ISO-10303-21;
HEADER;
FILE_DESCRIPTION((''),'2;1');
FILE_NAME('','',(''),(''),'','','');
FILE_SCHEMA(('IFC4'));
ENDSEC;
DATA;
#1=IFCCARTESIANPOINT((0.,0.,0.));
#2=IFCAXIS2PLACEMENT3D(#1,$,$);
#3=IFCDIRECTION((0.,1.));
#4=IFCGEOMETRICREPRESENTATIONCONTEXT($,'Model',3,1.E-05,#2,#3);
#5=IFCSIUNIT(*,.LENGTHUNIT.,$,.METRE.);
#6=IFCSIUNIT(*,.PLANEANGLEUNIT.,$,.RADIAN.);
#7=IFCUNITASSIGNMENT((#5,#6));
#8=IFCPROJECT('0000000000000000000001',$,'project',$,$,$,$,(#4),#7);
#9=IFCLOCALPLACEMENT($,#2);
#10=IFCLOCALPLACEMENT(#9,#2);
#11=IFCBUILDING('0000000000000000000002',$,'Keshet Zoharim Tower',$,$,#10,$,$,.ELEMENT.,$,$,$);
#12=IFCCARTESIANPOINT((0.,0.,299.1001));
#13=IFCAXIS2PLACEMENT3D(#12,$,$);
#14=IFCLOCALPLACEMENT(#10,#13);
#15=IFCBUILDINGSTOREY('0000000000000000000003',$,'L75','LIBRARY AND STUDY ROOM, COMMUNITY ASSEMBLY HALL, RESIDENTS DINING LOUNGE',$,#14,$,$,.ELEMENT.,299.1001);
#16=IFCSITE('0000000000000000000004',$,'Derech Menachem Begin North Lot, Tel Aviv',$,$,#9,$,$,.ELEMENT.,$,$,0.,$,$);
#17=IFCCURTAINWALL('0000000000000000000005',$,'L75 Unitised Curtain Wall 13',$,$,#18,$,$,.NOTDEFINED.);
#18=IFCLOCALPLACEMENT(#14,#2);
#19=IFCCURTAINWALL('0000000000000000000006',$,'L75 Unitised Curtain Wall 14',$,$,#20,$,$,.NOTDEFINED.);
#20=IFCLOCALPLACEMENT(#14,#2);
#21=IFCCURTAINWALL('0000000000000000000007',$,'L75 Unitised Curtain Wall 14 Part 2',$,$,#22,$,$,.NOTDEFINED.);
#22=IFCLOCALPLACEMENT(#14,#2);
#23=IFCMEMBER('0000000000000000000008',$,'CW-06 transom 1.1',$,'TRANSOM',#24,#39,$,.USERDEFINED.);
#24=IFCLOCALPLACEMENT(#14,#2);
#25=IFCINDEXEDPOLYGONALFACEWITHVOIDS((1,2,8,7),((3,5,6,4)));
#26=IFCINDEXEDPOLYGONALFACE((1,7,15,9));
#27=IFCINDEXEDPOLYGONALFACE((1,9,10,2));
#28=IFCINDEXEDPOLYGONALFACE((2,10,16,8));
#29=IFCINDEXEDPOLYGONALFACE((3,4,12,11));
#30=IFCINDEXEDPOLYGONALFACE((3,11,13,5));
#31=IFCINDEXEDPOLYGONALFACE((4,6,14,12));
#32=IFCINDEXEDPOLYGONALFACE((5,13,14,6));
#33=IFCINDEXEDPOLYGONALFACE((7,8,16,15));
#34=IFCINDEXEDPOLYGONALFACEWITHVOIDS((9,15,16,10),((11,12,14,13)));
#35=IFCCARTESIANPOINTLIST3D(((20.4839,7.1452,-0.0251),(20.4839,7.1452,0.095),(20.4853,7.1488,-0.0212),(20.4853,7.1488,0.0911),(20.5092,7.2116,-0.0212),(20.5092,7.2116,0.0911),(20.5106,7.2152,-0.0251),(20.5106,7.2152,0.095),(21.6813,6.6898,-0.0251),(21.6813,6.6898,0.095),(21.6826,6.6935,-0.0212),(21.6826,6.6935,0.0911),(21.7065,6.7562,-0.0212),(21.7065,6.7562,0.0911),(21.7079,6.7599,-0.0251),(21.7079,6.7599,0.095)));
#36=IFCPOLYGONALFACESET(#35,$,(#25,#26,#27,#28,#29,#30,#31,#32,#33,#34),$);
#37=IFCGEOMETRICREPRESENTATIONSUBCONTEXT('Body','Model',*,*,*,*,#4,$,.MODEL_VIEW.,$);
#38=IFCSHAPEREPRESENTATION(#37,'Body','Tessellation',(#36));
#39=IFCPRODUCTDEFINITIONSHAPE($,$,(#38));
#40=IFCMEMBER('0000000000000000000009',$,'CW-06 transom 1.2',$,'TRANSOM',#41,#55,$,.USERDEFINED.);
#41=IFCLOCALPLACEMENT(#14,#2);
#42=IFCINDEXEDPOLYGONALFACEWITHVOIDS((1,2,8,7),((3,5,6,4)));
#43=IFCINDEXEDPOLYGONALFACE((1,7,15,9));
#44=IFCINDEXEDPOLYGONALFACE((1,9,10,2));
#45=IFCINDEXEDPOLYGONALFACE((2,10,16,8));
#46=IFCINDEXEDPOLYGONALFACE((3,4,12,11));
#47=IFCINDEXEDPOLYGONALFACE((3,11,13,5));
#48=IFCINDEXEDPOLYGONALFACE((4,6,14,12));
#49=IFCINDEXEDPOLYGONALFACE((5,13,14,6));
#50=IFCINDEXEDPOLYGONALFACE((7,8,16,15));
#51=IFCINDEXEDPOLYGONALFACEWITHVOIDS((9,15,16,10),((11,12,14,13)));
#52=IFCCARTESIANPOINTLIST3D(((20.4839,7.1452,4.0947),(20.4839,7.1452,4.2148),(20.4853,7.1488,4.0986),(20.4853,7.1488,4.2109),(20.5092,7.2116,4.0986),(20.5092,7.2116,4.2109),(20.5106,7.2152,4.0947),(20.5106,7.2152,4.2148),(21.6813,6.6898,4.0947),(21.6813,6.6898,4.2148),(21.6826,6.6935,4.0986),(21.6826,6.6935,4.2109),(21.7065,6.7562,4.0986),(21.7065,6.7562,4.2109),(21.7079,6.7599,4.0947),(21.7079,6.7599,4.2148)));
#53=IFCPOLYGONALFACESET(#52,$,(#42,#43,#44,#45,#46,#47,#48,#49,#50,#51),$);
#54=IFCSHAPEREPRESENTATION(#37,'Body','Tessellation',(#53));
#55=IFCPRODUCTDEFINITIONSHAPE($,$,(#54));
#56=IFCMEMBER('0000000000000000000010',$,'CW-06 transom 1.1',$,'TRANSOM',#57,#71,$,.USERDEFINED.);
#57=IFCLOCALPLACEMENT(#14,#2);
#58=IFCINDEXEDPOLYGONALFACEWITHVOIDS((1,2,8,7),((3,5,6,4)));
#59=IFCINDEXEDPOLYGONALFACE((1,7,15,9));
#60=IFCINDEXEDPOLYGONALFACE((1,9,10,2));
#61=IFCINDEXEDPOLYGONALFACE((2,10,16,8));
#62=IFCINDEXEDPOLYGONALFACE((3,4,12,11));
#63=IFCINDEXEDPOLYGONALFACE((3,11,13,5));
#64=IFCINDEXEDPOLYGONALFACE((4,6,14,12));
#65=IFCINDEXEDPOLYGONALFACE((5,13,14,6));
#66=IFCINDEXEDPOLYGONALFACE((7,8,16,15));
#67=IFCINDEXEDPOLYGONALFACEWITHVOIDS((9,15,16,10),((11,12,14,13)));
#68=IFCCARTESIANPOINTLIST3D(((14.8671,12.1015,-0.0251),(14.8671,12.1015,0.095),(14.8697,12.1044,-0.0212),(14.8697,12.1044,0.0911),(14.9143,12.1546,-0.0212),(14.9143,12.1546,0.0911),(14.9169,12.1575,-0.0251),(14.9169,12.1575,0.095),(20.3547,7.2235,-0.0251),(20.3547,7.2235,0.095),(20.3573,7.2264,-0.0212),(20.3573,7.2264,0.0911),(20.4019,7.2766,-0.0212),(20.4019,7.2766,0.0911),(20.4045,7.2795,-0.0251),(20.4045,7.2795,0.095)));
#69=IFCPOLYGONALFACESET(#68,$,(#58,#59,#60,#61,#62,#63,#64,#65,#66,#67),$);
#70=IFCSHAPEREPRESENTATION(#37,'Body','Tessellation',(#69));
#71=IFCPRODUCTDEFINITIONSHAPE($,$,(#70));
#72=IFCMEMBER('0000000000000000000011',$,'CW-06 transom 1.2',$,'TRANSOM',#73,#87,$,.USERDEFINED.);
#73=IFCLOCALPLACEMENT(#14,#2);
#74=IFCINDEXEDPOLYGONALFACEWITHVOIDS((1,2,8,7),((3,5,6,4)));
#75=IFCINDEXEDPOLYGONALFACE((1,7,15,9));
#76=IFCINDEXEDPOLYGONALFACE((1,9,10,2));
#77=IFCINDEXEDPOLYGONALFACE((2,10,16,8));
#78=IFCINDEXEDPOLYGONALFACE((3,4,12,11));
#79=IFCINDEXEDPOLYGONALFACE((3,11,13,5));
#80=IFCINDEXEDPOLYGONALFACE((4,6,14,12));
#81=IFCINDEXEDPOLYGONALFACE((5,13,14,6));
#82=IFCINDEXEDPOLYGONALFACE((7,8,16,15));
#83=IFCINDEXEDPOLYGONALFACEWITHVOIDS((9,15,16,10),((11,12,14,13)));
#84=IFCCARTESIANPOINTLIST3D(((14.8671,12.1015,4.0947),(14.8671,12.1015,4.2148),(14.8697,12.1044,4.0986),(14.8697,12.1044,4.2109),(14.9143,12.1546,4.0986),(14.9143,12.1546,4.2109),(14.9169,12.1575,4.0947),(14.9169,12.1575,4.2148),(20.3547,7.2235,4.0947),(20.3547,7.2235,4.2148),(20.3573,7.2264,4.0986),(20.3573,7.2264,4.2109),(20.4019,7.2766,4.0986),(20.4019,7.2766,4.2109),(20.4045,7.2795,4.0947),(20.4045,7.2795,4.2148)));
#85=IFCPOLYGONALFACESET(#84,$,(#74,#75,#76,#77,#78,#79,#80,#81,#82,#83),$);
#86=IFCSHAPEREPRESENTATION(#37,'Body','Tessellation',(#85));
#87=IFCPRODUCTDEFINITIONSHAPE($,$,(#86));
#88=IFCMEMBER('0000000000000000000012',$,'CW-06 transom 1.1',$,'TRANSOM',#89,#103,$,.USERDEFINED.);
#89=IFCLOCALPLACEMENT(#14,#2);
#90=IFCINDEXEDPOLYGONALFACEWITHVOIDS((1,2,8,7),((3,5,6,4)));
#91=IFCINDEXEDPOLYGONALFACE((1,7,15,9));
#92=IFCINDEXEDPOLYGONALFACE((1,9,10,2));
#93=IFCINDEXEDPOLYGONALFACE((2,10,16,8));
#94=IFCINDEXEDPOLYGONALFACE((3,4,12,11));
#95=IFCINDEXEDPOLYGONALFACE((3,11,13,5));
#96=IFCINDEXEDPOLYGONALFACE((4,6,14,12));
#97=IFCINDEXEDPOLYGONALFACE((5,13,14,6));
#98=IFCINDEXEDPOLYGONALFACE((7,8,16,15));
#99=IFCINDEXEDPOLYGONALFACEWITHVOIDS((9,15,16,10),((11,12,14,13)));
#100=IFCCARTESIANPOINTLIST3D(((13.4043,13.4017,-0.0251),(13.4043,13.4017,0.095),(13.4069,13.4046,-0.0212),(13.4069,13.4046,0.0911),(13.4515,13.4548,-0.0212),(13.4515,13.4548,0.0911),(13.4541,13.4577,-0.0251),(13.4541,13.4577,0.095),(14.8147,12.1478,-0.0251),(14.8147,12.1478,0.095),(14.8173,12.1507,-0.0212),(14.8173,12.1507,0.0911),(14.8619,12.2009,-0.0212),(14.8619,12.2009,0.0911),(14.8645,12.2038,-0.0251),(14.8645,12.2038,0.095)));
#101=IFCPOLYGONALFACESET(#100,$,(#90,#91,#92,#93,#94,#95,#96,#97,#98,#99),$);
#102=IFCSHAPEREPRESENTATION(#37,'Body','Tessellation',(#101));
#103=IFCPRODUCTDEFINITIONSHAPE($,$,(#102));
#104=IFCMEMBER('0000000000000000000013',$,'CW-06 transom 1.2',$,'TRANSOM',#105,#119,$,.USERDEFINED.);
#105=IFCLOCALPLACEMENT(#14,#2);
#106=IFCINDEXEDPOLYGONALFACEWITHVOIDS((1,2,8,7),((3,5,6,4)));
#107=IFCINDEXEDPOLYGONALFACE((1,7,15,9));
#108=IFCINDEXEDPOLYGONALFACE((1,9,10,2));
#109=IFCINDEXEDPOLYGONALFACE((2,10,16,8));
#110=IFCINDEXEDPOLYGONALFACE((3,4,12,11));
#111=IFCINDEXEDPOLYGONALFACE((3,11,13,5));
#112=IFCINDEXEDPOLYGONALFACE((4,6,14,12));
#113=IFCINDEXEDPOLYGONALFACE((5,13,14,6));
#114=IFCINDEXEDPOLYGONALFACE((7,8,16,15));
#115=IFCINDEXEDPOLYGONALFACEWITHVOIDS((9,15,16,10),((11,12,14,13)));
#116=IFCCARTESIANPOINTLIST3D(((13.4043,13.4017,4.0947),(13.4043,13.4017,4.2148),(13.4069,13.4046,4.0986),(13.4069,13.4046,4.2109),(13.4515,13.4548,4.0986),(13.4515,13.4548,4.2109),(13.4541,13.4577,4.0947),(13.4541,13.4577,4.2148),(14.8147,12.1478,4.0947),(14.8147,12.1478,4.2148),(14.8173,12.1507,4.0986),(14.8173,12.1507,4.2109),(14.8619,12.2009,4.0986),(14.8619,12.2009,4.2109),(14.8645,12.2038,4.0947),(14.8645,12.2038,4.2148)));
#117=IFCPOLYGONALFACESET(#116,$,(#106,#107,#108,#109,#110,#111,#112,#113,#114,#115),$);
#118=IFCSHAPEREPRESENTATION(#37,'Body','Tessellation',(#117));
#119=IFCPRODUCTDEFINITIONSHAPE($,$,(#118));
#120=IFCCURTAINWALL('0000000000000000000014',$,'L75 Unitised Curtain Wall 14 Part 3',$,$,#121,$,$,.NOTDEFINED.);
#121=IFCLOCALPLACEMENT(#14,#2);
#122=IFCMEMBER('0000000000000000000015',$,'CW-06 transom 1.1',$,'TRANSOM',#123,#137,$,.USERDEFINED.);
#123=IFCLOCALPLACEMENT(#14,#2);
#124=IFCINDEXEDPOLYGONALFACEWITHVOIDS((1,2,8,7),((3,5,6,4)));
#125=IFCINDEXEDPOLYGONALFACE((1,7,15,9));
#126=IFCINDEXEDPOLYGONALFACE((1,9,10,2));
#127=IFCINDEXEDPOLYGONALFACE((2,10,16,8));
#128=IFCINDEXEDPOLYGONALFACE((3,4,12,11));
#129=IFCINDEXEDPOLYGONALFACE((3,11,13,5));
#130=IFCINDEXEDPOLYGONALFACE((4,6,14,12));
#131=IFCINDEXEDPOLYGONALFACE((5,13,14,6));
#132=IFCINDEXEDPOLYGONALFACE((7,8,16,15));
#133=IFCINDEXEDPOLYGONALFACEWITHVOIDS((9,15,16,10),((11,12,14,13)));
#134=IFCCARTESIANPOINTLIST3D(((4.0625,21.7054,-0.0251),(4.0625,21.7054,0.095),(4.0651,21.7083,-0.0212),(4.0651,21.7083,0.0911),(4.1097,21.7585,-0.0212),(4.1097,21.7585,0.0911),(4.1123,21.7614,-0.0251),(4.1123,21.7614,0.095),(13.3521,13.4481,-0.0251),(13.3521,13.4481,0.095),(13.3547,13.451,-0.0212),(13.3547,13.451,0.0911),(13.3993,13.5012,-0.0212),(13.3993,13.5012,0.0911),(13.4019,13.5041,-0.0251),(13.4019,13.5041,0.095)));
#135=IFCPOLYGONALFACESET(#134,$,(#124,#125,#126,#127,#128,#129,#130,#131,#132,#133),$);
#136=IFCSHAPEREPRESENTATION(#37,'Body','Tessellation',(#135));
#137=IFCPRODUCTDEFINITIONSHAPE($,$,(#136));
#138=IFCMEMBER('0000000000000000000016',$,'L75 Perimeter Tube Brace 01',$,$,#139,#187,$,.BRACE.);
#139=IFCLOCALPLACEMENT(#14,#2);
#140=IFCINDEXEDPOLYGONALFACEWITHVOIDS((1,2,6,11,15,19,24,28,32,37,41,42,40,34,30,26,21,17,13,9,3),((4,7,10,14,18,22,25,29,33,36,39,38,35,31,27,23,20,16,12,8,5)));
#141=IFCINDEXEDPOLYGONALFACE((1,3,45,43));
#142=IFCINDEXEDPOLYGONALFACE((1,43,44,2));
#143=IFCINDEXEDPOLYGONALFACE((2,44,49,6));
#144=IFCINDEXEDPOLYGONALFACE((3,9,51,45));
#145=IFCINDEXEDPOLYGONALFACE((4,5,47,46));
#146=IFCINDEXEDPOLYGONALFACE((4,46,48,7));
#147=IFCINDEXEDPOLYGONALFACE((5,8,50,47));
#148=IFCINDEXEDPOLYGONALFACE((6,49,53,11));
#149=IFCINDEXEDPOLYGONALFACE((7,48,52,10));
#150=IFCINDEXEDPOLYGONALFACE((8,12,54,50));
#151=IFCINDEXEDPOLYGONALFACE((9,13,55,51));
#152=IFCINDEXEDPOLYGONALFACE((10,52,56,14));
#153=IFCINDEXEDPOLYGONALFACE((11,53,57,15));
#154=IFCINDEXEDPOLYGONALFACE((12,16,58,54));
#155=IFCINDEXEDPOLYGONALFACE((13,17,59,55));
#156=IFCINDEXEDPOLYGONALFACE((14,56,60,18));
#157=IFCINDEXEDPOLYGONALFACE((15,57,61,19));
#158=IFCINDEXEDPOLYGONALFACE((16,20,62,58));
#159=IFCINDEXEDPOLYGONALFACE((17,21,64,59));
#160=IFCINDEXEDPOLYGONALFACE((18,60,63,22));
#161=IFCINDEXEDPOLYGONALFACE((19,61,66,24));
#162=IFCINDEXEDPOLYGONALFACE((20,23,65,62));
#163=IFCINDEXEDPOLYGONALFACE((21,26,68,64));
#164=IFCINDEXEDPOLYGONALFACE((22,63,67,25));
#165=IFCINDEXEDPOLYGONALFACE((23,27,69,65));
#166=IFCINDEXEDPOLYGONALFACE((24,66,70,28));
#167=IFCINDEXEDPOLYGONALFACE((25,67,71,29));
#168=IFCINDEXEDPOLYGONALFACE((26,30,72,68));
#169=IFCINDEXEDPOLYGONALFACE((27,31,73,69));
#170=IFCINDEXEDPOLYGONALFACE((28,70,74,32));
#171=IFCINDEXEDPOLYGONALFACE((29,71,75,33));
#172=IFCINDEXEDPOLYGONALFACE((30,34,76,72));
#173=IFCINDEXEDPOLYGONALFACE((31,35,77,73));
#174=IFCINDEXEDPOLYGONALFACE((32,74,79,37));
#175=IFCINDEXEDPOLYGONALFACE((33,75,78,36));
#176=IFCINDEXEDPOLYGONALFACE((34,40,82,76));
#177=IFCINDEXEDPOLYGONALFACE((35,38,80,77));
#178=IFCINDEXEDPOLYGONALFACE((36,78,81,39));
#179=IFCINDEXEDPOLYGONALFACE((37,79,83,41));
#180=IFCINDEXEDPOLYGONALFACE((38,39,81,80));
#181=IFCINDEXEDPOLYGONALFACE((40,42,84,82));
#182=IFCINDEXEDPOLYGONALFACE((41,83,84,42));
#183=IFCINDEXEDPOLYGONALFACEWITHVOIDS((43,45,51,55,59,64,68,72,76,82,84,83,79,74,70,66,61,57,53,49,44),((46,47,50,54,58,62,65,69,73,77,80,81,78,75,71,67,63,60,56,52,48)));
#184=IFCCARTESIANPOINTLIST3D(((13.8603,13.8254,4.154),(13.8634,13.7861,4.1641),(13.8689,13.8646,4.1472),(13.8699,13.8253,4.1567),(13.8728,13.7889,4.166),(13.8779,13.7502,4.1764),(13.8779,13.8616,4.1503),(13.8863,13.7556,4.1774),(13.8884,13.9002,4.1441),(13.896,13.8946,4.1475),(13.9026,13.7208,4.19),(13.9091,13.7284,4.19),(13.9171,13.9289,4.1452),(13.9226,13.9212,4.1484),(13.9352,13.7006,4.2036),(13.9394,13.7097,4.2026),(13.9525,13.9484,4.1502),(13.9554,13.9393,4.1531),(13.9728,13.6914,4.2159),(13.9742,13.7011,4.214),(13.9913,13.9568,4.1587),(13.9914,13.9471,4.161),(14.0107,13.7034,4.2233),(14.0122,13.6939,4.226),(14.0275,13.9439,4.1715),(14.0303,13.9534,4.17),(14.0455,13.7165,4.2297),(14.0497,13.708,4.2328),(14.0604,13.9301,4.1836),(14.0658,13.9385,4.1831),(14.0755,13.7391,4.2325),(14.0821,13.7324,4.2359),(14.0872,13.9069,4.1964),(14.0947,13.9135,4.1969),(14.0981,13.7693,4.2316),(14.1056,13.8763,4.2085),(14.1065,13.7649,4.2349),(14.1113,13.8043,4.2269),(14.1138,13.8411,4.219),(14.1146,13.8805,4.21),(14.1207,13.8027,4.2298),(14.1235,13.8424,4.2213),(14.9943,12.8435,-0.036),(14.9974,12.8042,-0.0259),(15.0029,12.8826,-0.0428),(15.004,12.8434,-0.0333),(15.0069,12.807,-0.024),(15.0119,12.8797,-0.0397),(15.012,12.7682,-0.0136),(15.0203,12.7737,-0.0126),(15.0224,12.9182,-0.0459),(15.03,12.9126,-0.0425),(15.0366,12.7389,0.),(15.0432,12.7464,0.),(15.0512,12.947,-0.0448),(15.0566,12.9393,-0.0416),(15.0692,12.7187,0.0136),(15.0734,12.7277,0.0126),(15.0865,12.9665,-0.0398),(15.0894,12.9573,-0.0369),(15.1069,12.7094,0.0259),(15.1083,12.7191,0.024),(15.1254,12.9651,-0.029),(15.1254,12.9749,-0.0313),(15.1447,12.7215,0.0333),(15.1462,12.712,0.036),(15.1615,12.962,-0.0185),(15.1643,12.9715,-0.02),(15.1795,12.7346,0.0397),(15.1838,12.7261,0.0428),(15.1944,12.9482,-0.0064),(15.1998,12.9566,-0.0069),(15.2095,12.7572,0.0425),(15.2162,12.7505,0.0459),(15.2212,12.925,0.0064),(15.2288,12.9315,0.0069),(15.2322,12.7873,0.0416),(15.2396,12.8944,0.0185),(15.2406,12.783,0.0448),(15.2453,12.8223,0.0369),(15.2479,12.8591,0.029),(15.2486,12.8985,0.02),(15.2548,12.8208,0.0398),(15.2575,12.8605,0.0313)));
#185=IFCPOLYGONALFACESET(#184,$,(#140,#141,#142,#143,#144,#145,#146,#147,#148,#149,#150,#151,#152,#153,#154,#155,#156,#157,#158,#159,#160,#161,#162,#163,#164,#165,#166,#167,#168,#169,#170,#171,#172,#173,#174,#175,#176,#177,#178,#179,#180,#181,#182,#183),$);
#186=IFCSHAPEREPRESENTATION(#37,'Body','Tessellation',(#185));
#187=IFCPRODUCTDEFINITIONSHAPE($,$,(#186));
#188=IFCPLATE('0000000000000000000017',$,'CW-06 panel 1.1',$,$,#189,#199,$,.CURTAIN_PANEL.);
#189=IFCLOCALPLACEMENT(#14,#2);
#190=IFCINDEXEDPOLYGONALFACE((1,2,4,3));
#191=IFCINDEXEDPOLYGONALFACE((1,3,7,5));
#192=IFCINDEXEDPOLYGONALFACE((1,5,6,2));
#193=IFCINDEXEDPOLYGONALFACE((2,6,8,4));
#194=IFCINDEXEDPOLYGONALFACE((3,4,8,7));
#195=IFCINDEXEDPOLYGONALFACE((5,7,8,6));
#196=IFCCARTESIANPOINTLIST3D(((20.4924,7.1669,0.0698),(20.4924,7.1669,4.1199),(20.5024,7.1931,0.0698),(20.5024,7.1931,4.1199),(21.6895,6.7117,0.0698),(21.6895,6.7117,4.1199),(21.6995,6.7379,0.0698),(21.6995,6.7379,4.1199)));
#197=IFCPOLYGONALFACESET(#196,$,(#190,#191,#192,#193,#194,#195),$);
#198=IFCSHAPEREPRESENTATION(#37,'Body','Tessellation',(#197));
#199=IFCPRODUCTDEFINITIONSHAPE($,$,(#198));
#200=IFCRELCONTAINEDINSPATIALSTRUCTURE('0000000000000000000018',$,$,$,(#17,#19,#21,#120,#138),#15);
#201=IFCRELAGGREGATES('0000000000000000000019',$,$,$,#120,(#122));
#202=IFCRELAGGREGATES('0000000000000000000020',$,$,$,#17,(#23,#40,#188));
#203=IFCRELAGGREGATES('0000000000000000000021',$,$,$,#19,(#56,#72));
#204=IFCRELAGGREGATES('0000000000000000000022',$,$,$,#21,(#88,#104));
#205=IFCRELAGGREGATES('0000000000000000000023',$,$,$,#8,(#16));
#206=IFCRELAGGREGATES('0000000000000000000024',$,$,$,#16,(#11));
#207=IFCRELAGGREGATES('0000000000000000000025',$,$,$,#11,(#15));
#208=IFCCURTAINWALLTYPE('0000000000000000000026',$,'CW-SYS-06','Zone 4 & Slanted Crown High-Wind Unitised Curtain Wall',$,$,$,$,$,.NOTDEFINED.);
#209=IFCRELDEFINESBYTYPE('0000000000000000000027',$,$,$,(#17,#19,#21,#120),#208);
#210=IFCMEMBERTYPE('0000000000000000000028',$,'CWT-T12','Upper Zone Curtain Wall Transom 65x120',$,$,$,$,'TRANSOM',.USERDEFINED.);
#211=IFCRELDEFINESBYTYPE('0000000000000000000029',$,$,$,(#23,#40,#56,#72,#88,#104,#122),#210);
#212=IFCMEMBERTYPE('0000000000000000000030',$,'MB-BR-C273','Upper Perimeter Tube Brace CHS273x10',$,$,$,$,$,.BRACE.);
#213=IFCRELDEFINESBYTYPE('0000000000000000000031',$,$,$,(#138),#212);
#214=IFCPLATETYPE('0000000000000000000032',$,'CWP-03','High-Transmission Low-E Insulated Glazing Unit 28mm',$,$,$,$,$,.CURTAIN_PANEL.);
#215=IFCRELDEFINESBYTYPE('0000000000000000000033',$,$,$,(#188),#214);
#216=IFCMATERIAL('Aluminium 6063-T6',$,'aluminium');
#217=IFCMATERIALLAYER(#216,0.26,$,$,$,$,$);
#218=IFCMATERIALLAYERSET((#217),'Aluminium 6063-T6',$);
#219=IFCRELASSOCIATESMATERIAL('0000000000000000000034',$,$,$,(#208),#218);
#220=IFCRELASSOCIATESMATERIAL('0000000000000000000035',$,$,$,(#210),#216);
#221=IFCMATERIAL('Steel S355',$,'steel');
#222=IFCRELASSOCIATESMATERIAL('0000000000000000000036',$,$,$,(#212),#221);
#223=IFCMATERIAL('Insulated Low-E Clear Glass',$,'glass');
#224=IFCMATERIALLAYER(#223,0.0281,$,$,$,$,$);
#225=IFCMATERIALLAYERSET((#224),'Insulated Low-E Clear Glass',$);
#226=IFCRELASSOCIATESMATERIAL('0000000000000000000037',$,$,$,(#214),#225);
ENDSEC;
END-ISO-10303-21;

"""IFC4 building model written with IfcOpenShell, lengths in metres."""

from ifc_helpers import new_model, si_unit, direction, frame, origin, origin_2d, place, context, subcontext, project, spatial, rectangle, hollow_rectangle, hollow_circle, extrude, material, layer, layer_set, material_profile, profile_set, type_object, element, aggregate, save


model = new_model("IFC4")

# Units and contexts
model_context = context("Model", 3, precision=1e-05, world=origin(), true_north=direction((0.0, 1.0)))
body_context = subcontext(model_context, "Body", "Model", "MODEL_VIEW")
ifc_project = project(units=[si_unit("LENGTHUNIT", "METRE"), si_unit("PLANEANGLEUNIT", "RADIAN")], contexts=[model_context])

# Site, building, storey
site_placement = place(None, origin())
site = spatial("IfcSite", under=ifc_project, at=site_placement, Name="Derech Menachem Begin North Lot, Tel Aviv", CompositionType="ELEMENT", RefElevation=0.0)
building_placement = place(site_placement, origin())
building = spatial("IfcBuilding", under=site, at=building_placement, Name="Keshet Zoharim Tower", CompositionType="ELEMENT")
storey_placement = place(building_placement, frame((0.0, 0.0, 299.1001)))
storey = spatial("IfcBuildingStorey", under=building, at=storey_placement, Name="L75", Description="LIBRARY AND STUDY ROOM, COMMUNITY ASSEMBLY HALL, RESIDENTS DINING LOUNGE", CompositionType="ELEMENT", Elevation=299.1001)

# Shared definitions
ifc_material_1 = material(Name="Steel S355", Category="steel")

# Curtain walls
ifc_material_2 = material(Name="Aluminium 6063-T6", Category="aluminium")
ifc_layer_1 = layer(ifc_material_2, 0.26)
ifc_layer_set_1 = layer_set([ifc_layer_1], Name="Aluminium 6063-T6")
curtain_wall_type = type_object("IfcCurtainWallType", Name="CW-SYS-06", Description="Zone 4 & Slanted Crown High-Wind Unitised Curtain Wall", PredefinedType="NOTDEFINED", material=ifc_layer_set_1)
curtain_wall_1_placement = place(storey_placement, origin())
curtain_wall_1 = element("IfcCurtainWall", 1, at=curtain_wall_1_placement, inside=storey, type_object=curtain_wall_type, Name="L75 Unitised Curtain Wall 13", PredefinedType="NOTDEFINED")
curtain_wall_2_placement = place(storey_placement, origin())
curtain_wall_2 = element("IfcCurtainWall", 2, at=curtain_wall_2_placement, inside=storey, type_object=curtain_wall_type, Name="L75 Unitised Curtain Wall 14", PredefinedType="NOTDEFINED")

# Curtain wall
curtain_wall_3_placement = place(storey_placement, origin())
curtain_wall_3 = element("IfcCurtainWall", 3, at=curtain_wall_3_placement, inside=storey, type_object=curtain_wall_type, Name="L75 Unitised Curtain Wall 14 Part 2", PredefinedType="NOTDEFINED")

# Members
ifc_material_profile_1 = material_profile(ifc_material_2, hollow_rectangle(XDim=0.075, YDim=0.1201, WallThickness=0.0039, at=origin_2d()), Name="TRN-75x120")
ifc_profile_set_1 = profile_set([ifc_material_profile_1], Name="Aluminium 6063-T6")
member_type_1 = type_object("IfcMemberType", Name="CWT-T12", Description="Upper Zone Curtain Wall Transom 65x120", ElementType="TRANSOM", PredefinedType="USERDEFINED", material=ifc_profile_set_1)
member_1_placement = place(storey_placement, frame((21.6946, 6.7249, 0.0349), z_axis=(-0.93469, 0.355464, 0.0), x_axis=(-0.355464, -0.93469, 0.0)))
member_1 = element("IfcMember", 4, at=member_1_placement, type_object=member_type_1, Name="CW-06 transom 1.1", ObjectType="TRANSOM", PredefinedType="USERDEFINED", context=body_context, shape_type="SweptSolid", body=[
    extrude(hollow_rectangle(XDim=0.075, YDim=0.1201, WallThickness=0.0039, at=origin_2d()), origin(), (0.0, 0.0, 1.0), 1.281),
])
member_2_placement = place(storey_placement, frame((21.6946, 6.7249, 4.1548), z_axis=(-0.93469, 0.355464, 0.0), x_axis=(-0.355464, -0.93469, 0.0)))
member_2 = element("IfcMember", 5, at=member_2_placement, type_object=member_type_1, Name="CW-06 transom 1.2", ObjectType="TRANSOM", PredefinedType="USERDEFINED", context=body_context, shape_type="SweptSolid", body=[
    extrude(hollow_rectangle(XDim=0.075, YDim=0.1201, WallThickness=0.0039, at=origin_2d()), origin(), (0.0, 0.0, 1.0), 1.281),
])
member_3_placement = place(storey_placement, frame((20.3796, 7.2515, 0.0349), z_axis=(-0.747402, 0.664372, 0.0), x_axis=(-0.664372, -0.747402, 0.0)))
member_3 = element("IfcMember", 6, at=member_3_placement, type_object=member_type_1, Name="CW-06 transom 1.1", ObjectType="TRANSOM", PredefinedType="USERDEFINED", context=body_context, shape_type="SweptSolid", body=[
    extrude(hollow_rectangle(XDim=0.075, YDim=0.1201, WallThickness=0.0039, at=origin_2d()), origin(), (0.0, 0.0, 1.0), 7.3423),
])
member_4_placement = place(storey_placement, frame((20.3796, 7.2515, 4.1548), z_axis=(-0.747402, 0.664372, 0.0), x_axis=(-0.664372, -0.747402, 0.0)))
member_4 = element("IfcMember", 7, at=member_4_placement, type_object=member_type_1, Name="CW-06 transom 1.2", ObjectType="TRANSOM", PredefinedType="USERDEFINED", context=body_context, shape_type="SweptSolid", body=[
    extrude(hollow_rectangle(XDim=0.075, YDim=0.1201, WallThickness=0.0039, at=origin_2d()), origin(), (0.0, 0.0, 1.0), 7.3423),
])
member_5_placement = place(storey_placement, frame((14.8396, 12.1758, 0.0349), z_axis=(-0.747352, 0.664428, 0.0), x_axis=(-0.664428, -0.747352, 0.0)))
member_5 = element("IfcMember", 8, at=member_5_placement, type_object=member_type_1, Name="CW-06 transom 1.1", ObjectType="TRANSOM", PredefinedType="USERDEFINED", context=body_context, shape_type="SweptSolid", body=[
    extrude(hollow_rectangle(XDim=0.075, YDim=0.1201, WallThickness=0.0039, at=origin_2d()), origin(), (0.0, 0.0, 1.0), 1.8872),
])
member_6_placement = place(storey_placement, frame((14.8396, 12.1758, 4.1548), z_axis=(-0.747352, 0.664428, 0.0), x_axis=(-0.664428, -0.747352, 0.0)))
member_6 = element("IfcMember", 9, at=member_6_placement, type_object=member_type_1, Name="CW-06 transom 1.2", ObjectType="TRANSOM", PredefinedType="USERDEFINED", context=body_context, shape_type="SweptSolid", body=[
    extrude(hollow_rectangle(XDim=0.075, YDim=0.1201, WallThickness=0.0039, at=origin_2d()), origin(), (0.0, 0.0, 1.0), 1.8872),
])

# Curtain wall, member
curtain_wall_4_placement = place(storey_placement, origin())
curtain_wall_4 = element("IfcCurtainWall", 10, at=curtain_wall_4_placement, inside=storey, type_object=curtain_wall_type, Name="L75 Unitised Curtain Wall 14 Part 3", PredefinedType="NOTDEFINED")
member_7_placement = place(storey_placement, frame((13.377, 13.4761, 0.0349), z_axis=(-0.747411, 0.664361, 0.0), x_axis=(-0.664361, -0.747411, 0.0)))
member_7 = element("IfcMember", 11, at=member_7_placement, type_object=member_type_1, Name="CW-06 transom 1.1", ObjectType="TRANSOM", PredefinedType="USERDEFINED", context=body_context, shape_type="SweptSolid", body=[
    extrude(hollow_rectangle(XDim=0.075, YDim=0.1201, WallThickness=0.0039, at=origin_2d()), origin(), (0.0, 0.0, 1.0), 12.429),
])
aggregate(curtain_wall_4, [member_7])

# Member
ifc_material_profile_2 = material_profile(ifc_material_1, hollow_circle(Radius=0.1365, WallThickness=0.01, at=origin_2d()), Name="CHS273x10")
ifc_profile_set_2 = profile_set([ifc_material_profile_2], Name="Steel S355")
member_type_2 = type_object("IfcMemberType", Name="MB-BR-C273", Description="Upper Perimeter Tube Brace CHS273x10", PredefinedType="BRACE", material=ifc_profile_set_2)
member_8_placement = place(storey_placement, frame((15.126, 12.842, 0.0), z_axis=(-0.254817, 0.220641, 0.941481), x_axis=(-0.65459, -0.755984, 0.0)))
element("IfcMember", 12, at=member_8_placement, inside=storey, type_object=member_type_2, Name="L75 Perimeter Tube Brace 01", PredefinedType="BRACE", context=body_context, shape_type="SweptSolid", body=[
    extrude(hollow_circle(Radius=0.1365, WallThickness=0.01, at=origin_2d()), origin(), (0.0, 0.0, 1.0), 4.4504),
])

# Plate
ifc_material_3 = material(Name="Insulated Low-E Clear Glass", Category="glass")
ifc_layer_2 = layer(ifc_material_3, 0.0281)
ifc_layer_set_2 = layer_set([ifc_layer_2], Name="Insulated Low-E Clear Glass")
plate_type_1 = type_object("IfcPlateType", Name="CWP-03", Description="High-Transmission Low-E Insulated Glazing Unit 28mm", PredefinedType="CURTAIN_PANEL", material=ifc_layer_set_2)
plate_1_placement = place(storey_placement, frame((21.0959, 6.9524, 0.0698), z_axis=(0.0, 0.0, 1.0), x_axis=(-0.934699, 0.355439, 0.0)))
plate_1 = element("IfcPlate", 13, at=plate_1_placement, type_object=plate_type_1, Name="CW-06 panel 1.1", PredefinedType="CURTAIN_PANEL", context=body_context, shape_type="SweptSolid", body=[
    extrude(rectangle(XDim=1.2808, YDim=0.0281, at=origin_2d()), origin(), (0.0, 0.0, 1.0), 4.05),
])
aggregate(curtain_wall_1, [member_1, member_2, plate_1])
aggregate(curtain_wall_2, [member_3, member_4])
aggregate(curtain_wall_3, [member_5, member_6])

save(model, "model.ifc")
